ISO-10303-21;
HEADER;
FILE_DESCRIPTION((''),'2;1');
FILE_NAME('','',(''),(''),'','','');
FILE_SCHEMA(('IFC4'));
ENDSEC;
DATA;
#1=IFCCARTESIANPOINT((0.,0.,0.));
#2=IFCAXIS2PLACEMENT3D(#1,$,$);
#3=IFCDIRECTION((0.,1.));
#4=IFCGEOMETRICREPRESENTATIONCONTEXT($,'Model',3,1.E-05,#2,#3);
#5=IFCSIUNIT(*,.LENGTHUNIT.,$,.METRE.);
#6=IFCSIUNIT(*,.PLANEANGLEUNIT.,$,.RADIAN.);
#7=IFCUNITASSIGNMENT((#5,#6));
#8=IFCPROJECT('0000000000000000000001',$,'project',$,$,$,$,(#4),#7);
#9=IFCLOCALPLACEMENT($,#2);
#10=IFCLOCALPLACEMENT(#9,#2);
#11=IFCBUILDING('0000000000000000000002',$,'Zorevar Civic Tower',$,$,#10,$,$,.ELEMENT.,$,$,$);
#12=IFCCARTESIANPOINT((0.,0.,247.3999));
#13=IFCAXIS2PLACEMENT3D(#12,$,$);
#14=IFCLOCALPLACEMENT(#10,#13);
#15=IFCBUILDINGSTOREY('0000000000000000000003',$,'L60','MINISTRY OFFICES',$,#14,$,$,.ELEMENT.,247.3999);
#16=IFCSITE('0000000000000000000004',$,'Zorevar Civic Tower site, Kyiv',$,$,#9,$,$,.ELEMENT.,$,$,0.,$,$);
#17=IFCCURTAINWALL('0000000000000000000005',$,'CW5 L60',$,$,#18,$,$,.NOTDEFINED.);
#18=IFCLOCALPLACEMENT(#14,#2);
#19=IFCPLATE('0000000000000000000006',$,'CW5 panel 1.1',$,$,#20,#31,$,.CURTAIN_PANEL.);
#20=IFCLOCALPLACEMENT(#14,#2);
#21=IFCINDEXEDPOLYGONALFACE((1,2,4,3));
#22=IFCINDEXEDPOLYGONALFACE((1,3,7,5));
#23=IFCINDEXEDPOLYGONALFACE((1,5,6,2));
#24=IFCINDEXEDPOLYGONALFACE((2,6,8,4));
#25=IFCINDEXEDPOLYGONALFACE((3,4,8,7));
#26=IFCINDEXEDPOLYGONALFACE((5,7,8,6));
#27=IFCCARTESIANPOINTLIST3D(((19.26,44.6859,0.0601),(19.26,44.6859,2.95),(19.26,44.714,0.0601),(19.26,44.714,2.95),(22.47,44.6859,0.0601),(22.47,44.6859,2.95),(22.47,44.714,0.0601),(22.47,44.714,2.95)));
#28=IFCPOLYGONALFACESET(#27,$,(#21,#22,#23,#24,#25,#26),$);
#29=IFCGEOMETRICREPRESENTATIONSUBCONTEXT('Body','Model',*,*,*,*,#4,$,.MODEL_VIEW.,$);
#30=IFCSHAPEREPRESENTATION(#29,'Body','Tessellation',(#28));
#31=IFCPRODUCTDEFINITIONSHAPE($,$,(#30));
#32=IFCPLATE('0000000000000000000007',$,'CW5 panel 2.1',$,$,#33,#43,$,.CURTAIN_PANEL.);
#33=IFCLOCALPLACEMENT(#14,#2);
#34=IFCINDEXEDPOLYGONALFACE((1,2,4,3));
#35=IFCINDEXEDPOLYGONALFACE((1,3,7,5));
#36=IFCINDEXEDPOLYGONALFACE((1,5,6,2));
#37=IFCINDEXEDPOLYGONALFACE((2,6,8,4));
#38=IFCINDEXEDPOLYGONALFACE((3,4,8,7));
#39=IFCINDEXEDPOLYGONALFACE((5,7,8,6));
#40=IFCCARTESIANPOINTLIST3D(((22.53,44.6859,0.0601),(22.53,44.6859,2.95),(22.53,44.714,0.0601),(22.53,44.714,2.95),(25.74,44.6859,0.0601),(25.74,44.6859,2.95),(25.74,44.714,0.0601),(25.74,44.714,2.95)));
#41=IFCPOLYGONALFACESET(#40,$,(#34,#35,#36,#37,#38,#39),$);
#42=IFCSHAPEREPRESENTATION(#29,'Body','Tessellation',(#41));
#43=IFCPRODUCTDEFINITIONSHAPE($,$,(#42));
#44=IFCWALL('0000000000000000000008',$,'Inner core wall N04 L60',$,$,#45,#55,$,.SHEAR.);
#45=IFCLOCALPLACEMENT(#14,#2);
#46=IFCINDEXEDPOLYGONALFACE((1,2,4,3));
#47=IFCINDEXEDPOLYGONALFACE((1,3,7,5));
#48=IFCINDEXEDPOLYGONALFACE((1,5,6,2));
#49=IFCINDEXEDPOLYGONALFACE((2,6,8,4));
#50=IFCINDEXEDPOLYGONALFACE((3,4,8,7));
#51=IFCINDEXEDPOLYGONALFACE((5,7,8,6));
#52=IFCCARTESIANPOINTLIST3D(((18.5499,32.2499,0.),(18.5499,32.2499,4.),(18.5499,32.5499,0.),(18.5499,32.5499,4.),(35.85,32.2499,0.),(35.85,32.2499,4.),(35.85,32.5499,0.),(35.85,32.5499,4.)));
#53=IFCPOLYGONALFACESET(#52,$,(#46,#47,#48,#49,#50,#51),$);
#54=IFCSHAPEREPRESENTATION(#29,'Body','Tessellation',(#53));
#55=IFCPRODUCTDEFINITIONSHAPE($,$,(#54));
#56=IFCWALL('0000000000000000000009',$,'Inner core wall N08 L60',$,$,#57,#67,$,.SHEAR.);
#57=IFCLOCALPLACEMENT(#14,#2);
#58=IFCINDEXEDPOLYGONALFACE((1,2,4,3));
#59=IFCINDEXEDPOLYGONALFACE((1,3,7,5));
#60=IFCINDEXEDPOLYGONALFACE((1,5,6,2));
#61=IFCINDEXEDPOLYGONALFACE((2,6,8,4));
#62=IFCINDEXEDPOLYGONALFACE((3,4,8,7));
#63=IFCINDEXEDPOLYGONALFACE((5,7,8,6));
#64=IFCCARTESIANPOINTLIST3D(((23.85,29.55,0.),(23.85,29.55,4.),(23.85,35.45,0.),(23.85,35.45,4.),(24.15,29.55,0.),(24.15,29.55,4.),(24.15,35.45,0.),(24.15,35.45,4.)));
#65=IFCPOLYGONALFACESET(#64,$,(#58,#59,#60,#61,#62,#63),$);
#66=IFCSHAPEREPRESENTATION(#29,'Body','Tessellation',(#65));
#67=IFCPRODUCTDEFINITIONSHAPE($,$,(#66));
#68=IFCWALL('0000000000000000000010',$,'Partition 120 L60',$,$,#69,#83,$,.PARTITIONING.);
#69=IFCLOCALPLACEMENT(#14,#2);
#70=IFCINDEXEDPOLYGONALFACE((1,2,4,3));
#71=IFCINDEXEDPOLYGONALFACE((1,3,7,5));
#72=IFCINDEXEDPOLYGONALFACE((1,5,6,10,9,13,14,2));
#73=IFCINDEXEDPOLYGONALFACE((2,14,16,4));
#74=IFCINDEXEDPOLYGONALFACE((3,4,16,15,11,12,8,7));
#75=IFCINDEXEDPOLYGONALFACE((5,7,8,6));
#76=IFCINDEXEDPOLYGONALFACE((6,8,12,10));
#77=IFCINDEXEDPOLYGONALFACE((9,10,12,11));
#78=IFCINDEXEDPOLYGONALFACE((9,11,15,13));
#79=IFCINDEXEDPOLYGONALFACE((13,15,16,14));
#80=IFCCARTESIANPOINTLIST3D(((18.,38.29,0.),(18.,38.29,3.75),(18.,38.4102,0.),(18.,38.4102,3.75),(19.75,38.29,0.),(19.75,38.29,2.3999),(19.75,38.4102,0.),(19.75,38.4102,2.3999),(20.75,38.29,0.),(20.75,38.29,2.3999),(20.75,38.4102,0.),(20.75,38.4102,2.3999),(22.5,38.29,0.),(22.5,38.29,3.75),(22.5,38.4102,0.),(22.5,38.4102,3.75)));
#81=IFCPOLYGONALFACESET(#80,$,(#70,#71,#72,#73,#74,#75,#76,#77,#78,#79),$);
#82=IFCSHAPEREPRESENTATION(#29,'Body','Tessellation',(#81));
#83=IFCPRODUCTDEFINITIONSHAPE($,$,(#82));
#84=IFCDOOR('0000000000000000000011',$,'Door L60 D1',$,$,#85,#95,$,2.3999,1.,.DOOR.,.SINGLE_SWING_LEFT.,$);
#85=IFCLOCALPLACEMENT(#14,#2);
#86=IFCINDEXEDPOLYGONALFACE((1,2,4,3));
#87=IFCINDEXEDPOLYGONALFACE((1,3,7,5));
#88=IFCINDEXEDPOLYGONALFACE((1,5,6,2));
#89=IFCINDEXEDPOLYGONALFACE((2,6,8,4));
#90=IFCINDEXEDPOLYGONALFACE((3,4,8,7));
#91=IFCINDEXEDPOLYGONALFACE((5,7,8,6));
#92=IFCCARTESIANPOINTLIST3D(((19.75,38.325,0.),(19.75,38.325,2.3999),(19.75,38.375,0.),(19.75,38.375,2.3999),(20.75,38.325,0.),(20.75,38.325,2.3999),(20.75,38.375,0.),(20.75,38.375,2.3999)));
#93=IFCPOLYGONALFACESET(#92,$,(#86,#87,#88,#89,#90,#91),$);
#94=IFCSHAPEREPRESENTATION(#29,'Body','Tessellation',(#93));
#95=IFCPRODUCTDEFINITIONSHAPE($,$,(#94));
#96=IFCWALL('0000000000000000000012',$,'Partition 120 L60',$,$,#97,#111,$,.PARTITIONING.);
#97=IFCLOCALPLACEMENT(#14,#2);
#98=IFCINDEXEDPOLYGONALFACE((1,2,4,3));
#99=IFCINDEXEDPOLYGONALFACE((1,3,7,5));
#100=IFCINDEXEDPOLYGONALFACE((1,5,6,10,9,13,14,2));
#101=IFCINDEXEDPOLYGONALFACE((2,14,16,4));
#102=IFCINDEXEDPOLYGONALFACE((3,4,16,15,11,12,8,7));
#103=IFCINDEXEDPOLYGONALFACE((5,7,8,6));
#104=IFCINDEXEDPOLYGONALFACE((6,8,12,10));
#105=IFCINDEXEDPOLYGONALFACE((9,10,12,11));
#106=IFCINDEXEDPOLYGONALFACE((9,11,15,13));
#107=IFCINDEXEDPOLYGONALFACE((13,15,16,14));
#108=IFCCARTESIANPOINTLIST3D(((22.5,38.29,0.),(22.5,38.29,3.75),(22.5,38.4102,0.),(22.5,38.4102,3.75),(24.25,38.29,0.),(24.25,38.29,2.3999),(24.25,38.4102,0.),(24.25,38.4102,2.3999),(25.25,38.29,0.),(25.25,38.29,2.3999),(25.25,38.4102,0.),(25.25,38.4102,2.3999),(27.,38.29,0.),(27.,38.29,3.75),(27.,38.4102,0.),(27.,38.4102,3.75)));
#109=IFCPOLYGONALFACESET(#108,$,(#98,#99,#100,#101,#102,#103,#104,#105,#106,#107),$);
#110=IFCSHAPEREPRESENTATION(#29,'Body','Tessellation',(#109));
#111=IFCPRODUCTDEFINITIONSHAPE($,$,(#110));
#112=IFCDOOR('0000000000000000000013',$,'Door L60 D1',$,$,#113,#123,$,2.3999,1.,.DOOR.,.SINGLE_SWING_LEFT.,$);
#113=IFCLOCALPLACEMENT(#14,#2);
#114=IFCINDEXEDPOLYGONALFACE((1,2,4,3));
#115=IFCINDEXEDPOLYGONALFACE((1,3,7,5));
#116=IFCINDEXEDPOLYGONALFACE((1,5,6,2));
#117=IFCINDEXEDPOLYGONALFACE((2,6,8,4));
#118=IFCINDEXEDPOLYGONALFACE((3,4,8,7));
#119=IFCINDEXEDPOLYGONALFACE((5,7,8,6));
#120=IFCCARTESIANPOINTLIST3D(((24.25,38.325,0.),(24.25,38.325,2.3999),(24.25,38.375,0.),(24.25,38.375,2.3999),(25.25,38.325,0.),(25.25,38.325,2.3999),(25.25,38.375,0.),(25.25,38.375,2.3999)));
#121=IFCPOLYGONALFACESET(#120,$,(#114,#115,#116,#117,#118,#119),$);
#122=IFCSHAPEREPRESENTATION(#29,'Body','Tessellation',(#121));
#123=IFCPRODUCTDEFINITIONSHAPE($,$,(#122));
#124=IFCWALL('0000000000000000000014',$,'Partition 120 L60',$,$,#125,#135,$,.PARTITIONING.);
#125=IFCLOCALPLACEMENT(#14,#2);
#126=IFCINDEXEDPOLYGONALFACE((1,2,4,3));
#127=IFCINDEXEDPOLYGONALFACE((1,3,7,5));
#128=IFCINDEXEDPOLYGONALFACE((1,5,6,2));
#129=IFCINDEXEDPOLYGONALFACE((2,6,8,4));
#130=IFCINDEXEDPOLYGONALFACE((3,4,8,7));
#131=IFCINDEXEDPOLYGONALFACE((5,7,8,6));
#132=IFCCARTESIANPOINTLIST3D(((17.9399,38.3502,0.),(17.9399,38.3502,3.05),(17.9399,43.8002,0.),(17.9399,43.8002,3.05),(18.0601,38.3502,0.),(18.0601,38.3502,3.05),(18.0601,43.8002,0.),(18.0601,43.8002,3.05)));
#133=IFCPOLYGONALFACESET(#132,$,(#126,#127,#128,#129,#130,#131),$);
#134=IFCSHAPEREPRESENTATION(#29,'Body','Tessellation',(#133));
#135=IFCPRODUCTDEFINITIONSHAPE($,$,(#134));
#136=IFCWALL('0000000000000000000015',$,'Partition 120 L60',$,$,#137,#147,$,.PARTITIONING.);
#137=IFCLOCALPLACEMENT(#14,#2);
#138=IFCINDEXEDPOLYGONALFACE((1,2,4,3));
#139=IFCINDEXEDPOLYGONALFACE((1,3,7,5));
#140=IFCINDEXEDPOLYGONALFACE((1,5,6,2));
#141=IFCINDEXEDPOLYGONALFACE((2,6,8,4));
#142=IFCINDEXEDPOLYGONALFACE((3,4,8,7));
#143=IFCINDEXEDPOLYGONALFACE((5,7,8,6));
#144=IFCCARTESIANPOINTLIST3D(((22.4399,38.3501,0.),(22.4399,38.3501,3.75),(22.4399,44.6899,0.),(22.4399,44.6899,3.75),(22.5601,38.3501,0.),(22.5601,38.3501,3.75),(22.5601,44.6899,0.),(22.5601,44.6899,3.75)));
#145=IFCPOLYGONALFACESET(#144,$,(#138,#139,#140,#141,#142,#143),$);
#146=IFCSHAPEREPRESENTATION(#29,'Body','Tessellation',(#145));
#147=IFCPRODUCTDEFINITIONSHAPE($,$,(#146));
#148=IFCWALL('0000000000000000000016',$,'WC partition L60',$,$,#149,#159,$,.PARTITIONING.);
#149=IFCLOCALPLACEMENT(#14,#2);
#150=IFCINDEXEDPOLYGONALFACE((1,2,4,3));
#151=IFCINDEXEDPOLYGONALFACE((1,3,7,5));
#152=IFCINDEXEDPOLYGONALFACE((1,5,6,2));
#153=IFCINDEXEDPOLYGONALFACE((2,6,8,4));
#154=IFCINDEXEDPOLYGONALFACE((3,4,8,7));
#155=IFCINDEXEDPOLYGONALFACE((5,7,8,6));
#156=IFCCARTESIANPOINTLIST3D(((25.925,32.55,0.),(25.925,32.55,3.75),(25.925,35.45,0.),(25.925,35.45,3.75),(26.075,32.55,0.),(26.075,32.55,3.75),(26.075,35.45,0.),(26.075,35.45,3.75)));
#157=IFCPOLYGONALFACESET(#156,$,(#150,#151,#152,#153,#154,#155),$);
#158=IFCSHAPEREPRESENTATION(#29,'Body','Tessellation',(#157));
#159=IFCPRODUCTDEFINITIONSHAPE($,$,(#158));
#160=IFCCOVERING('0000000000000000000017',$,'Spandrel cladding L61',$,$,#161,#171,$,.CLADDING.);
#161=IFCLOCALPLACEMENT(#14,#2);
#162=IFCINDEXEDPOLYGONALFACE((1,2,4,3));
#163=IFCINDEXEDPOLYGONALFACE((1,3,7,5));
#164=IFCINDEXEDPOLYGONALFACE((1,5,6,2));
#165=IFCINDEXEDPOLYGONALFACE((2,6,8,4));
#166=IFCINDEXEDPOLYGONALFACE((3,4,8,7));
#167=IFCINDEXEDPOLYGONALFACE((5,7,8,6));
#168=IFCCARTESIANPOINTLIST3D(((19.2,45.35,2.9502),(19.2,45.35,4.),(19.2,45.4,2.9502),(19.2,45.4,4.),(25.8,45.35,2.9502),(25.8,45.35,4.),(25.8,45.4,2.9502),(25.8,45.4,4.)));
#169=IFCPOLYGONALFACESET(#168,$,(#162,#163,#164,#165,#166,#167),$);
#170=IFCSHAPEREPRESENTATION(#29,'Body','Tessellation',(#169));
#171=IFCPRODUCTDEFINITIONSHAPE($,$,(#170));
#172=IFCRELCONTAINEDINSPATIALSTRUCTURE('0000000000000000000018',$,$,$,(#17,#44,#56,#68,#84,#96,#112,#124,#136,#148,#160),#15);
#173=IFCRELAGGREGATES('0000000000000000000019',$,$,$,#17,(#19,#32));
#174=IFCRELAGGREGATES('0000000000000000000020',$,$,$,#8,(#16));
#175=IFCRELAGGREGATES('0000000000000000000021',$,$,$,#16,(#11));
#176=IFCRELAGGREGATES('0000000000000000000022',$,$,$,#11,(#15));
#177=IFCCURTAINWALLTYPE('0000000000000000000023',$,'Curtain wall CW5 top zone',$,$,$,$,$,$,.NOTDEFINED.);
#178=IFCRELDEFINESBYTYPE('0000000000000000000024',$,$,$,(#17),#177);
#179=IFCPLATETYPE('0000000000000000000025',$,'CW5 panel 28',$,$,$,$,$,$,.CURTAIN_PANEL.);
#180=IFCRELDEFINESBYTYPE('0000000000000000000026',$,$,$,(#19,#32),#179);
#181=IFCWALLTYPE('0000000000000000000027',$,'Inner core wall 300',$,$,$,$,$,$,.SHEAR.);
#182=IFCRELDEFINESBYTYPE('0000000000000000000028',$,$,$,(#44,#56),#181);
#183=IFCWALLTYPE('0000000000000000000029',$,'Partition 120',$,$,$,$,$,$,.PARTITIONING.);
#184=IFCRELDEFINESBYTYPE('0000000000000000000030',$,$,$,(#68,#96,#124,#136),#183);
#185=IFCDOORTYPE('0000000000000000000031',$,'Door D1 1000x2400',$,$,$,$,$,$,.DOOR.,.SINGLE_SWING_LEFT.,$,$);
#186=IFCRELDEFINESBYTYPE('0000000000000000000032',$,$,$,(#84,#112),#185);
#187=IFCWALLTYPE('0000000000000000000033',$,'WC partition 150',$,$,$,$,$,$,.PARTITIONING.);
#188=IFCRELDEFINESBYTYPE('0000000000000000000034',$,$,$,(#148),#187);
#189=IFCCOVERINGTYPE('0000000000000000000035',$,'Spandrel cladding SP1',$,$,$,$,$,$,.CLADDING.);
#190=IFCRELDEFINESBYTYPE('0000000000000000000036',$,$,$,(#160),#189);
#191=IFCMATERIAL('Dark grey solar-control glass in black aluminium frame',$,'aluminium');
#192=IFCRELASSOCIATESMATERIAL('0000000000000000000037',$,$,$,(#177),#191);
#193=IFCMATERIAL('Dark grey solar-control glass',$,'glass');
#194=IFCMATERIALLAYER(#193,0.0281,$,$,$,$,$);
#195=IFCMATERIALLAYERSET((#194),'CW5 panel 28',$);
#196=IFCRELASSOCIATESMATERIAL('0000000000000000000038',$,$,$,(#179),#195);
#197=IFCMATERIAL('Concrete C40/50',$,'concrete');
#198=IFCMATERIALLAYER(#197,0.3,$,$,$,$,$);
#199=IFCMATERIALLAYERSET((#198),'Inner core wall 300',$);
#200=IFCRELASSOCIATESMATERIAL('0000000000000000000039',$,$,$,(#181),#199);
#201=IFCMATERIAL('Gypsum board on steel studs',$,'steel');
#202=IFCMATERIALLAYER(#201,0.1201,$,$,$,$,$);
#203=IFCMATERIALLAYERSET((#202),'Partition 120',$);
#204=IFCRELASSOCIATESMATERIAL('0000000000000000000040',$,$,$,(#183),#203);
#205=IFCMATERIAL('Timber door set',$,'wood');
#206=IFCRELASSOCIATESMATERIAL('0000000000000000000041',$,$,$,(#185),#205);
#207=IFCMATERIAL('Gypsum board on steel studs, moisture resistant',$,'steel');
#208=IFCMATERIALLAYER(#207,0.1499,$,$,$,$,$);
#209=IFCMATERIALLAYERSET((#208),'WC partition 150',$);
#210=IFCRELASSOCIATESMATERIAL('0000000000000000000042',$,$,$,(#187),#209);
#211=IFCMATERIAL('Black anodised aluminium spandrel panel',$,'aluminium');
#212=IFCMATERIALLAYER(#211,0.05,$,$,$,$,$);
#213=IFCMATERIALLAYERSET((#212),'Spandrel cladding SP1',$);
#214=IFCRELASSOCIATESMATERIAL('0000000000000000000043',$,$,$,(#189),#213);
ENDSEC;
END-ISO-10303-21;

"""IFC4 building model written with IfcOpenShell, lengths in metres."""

from ifc_helpers import new_model, si_unit, direction, frame, frame_2d, origin, origin_2d, place, context, subcontext, project, spatial, rectangle, extrude, material, layer, layer_set, type_object, element, fill, aggregate, save


model = new_model("IFC4")

# Units and contexts
model_context = context("Model", 3, precision=1e-05, world=origin(), true_north=direction((0.0, 1.0)))
body_context = subcontext(model_context, "Body", "Model", "MODEL_VIEW")
ifc_project = project(units=[si_unit("LENGTHUNIT", "METRE"), si_unit("PLANEANGLEUNIT", "RADIAN")], contexts=[model_context])

# Site, building, storey
site_placement = place(None, origin())
site = spatial("IfcSite", under=ifc_project, at=site_placement, Name="Zorevar Civic Tower site, Kyiv", CompositionType="ELEMENT", RefElevation=0.0)
building_placement = place(site_placement, origin())
building = spatial("IfcBuilding", under=site, at=building_placement, Name="Zorevar Civic Tower", CompositionType="ELEMENT")
storey_placement = place(building_placement, frame((0.0, 0.0, 247.3999)))
storey = spatial("IfcBuildingStorey", under=building, at=storey_placement, Name="L60", Description="MINISTRY OFFICES", CompositionType="ELEMENT", Elevation=247.3999)

# Curtain wall
ifc_material_1 = material(Name="Dark grey solar-control glass in black aluminium frame", Category="aluminium")
curtain_wall_type = type_object("IfcCurtainWallType", Name="Curtain wall CW5 top zone", PredefinedType="NOTDEFINED", material=ifc_material_1)
curtain_wall_placement = place(storey_placement, origin())
curtain_wall = element("IfcCurtainWall", 1, at=curtain_wall_placement, inside=storey, type_object=curtain_wall_type, Name="CW5 L60", PredefinedType="NOTDEFINED")

# Plates
ifc_material_2 = material(Name="Dark grey solar-control glass", Category="glass")
ifc_layer_1 = layer(ifc_material_2, 0.0281)
ifc_layer_set_1 = layer_set([ifc_layer_1], Name="CW5 panel 28")
plate_type = type_object("IfcPlateType", Name="CW5 panel 28", PredefinedType="CURTAIN_PANEL", material=ifc_layer_set_1)
plate_1_placement = place(storey_placement, frame((20.865, 44.7, 0.0601), z_axis=(0.0, 0.0, 1.0), x_axis=(1.0, 0.0, 0.0)))
plate_1 = element("IfcPlate", 2, at=plate_1_placement, type_object=plate_type, Name="CW5 panel 1.1", PredefinedType="CURTAIN_PANEL", context=body_context, shape_type="SweptSolid", body=[
    extrude(rectangle(XDim=3.21, YDim=0.0281, at=origin_2d()), origin(), (0.0, 0.0, 1.0), 2.8899),
])
plate_2_placement = place(storey_placement, frame((24.135, 44.7, 0.0601), z_axis=(0.0, 0.0, 1.0), x_axis=(1.0, 0.0, 0.0)))
plate_2 = element("IfcPlate", 3, at=plate_2_placement, type_object=plate_type, Name="CW5 panel 2.1", PredefinedType="CURTAIN_PANEL", context=body_context, shape_type="SweptSolid", body=[
    extrude(rectangle(XDim=3.21, YDim=0.0281, at=origin_2d()), origin(), (0.0, 0.0, 1.0), 2.8899),
])
aggregate(curtain_wall, [plate_1, plate_2])

# Walls
ifc_material_3 = material(Name="Concrete C40/50", Category="concrete")
ifc_layer_2 = layer(ifc_material_3, 0.3)
ifc_layer_set_2 = layer_set([ifc_layer_2], Name="Inner core wall 300")
wall_type_1 = type_object("IfcWallType", Name="Inner core wall 300", PredefinedType="SHEAR", material=ifc_layer_set_2)
wall_1_placement = place(storey_placement, frame((18.55, 32.3999, 0.0), z_axis=(0.0, 0.0, 1.0), x_axis=(1.0, 0.0, 0.0)))
element("IfcWall", 4, at=wall_1_placement, inside=storey, type_object=wall_type_1, Name="Inner core wall N04 L60", PredefinedType="SHEAR", context=body_context, shape_type="SweptSolid", body=[
    extrude(rectangle(XDim=17.3, YDim=0.3, at=frame_2d((8.6499, 0.0))), origin(), (0.0, 0.0, 1.0), 4.0),
])
wall_2_placement = place(storey_placement, frame((24.0, 29.55, 0.0), z_axis=(0.0, 0.0, 1.0), x_axis=(0.0, 1.0, 0.0)))
element("IfcWall", 5, at=wall_2_placement, inside=storey, type_object=wall_type_1, Name="Inner core wall N08 L60", PredefinedType="SHEAR", context=body_context, shape_type="SweptSolid", body=[
    extrude(rectangle(XDim=5.8999, YDim=0.3, at=frame_2d((2.95, 0.0))), origin(), (0.0, 0.0, 1.0), 4.0),
])

# Walls, openings, doors
ifc_material_4 = material(Name="Gypsum board on steel studs", Category="steel")
ifc_layer_3 = layer(ifc_material_4, 0.1201)
ifc_layer_set_3 = layer_set([ifc_layer_3], Name="Partition 120")
wall_type_2 = type_object("IfcWallType", Name="Partition 120", PredefinedType="PARTITIONING", material=ifc_layer_set_3)
wall_3_placement = place(storey_placement, frame((18.0, 38.3501, 0.0), z_axis=(0.0, 0.0, 1.0), x_axis=(1.0, 0.0, 0.0)))
wall_3 = element("IfcWall", 6, at=wall_3_placement, inside=storey, type_object=wall_type_2, Name="Partition 120 L60", PredefinedType="PARTITIONING", context=body_context, shape_type="SweptSolid", body=[
    extrude(rectangle(XDim=4.5, YDim=0.1201, at=frame_2d((2.25, 0.0))), origin(), (0.0, 0.0, 1.0), 3.75),
])
opening_1_placement = place(wall_3_placement, frame((1.75, 0.0, 0.0)))
opening_1 = element("IfcOpeningElement", 7, at=opening_1_placement, cuts=wall_3, PredefinedType="OPENING", context=body_context, shape_type="SweptSolid", body=[
    extrude(rectangle(XDim=1.0, YDim=2.3999, at=frame_2d((0.5, 1.2))), frame((0.0, 0.0701, 0.0), z_axis=(0.0, -1.0, 0.0), x_axis=(1.0, 0.0, 0.0)), (0.0, 0.0, 1.0), 0.1401),
])
ifc_material_5 = material(Name="Timber door set", Category="wood")
door_type = type_object("IfcDoorType", Name="Door D1 1000x2400", OperationType="SINGLE_SWING_LEFT", PredefinedType="DOOR", material=ifc_material_5)
door_1_placement = place(opening_1_placement, origin())
door_1 = element("IfcDoor", 8, at=door_1_placement, inside=storey, type_object=door_type, Name="Door L60 D1", OperationType="SINGLE_SWING_LEFT", OverallHeight=2.3999, OverallWidth=1.0, PredefinedType="DOOR", context=body_context, shape_type="SweptSolid", body=[
    extrude(rectangle(XDim=1.0, YDim=2.3999, at=frame_2d((0.5, 1.2))), frame((0.0, 0.0249, 0.0), z_axis=(0.0, -1.0, 0.0), x_axis=(1.0, 0.0, 0.0)), (0.0, 0.0, 1.0), 0.05),
])
fill(opening_1, door_1)
wall_4_placement = place(storey_placement, frame((22.5, 38.3501, 0.0), z_axis=(0.0, 0.0, 1.0), x_axis=(1.0, 0.0, 0.0)))
wall_4 = element("IfcWall", 9, at=wall_4_placement, inside=storey, type_object=wall_type_2, Name="Partition 120 L60", PredefinedType="PARTITIONING", context=body_context, shape_type="SweptSolid", body=[
    extrude(rectangle(XDim=4.5, YDim=0.1201, at=frame_2d((2.25, 0.0))), origin(), (0.0, 0.0, 1.0), 3.75),
])
opening_2_placement = place(wall_4_placement, frame((1.75, 0.0, 0.0)))
opening_2 = element("IfcOpeningElement", 10, at=opening_2_placement, cuts=wall_4, PredefinedType="OPENING", context=body_context, shape_type="SweptSolid", body=[
    extrude(rectangle(XDim=1.0, YDim=2.3999, at=frame_2d((0.5, 1.2))), frame((0.0, 0.0701, 0.0), z_axis=(0.0, -1.0, 0.0), x_axis=(1.0, 0.0, 0.0)), (0.0, 0.0, 1.0), 0.1401),
])
door_2_placement = place(opening_2_placement, origin())
door_2 = element("IfcDoor", 11, at=door_2_placement, inside=storey, type_object=door_type, Name="Door L60 D1", OperationType="SINGLE_SWING_LEFT", OverallHeight=2.3999, OverallWidth=1.0, PredefinedType="DOOR", context=body_context, shape_type="SweptSolid", body=[
    extrude(rectangle(XDim=1.0, YDim=2.3999, at=frame_2d((0.5, 1.2))), frame((0.0, 0.0249, 0.0), z_axis=(0.0, -1.0, 0.0), x_axis=(1.0, 0.0, 0.0)), (0.0, 0.0, 1.0), 0.05),
])
fill(opening_2, door_2)

# Walls
wall_5_placement = place(storey_placement, frame((18.0, 38.3501, 0.0), z_axis=(0.0, 0.0, 1.0), x_axis=(0.0, 1.0, 0.0)))
element("IfcWall", 12, at=wall_5_placement, inside=storey, type_object=wall_type_2, Name="Partition 120 L60", PredefinedType="PARTITIONING", context=body_context, shape_type="SweptSolid", body=[
    extrude(rectangle(XDim=5.45, YDim=0.1201, at=frame_2d((2.7251, 0.0))), origin(), (0.0, 0.0, 1.0), 3.05),
])
wall_6_placement = place(storey_placement, frame((22.5, 38.3501, 0.0), z_axis=(0.0, 0.0, 1.0), x_axis=(0.0, 1.0, 0.0)))
element("IfcWall", 13, at=wall_6_placement, inside=storey, type_object=wall_type_2, Name="Partition 120 L60", PredefinedType="PARTITIONING", context=body_context, shape_type="SweptSolid", body=[
    extrude(rectangle(XDim=6.3398, YDim=0.1201, at=frame_2d((3.1699, 0.0))), origin(), (0.0, 0.0, 1.0), 3.75),
])
ifc_material_6 = material(Name="Gypsum board on steel studs, moisture resistant", Category="steel")
ifc_layer_4 = layer(ifc_material_6, 0.1499)
ifc_layer_set_4 = layer_set([ifc_layer_4], Name="WC partition 150")
wall_type_3 = type_object("IfcWallType", Name="WC partition 150", PredefinedType="PARTITIONING", material=ifc_layer_set_4)
wall_7_placement = place(storey_placement, frame((26.0, 32.55, 0.0), z_axis=(0.0, 0.0, 1.0), x_axis=(0.0, 1.0, 0.0)))
element("IfcWall", 14, at=wall_7_placement, inside=storey, type_object=wall_type_3, Name="WC partition L60", PredefinedType="PARTITIONING", context=body_context, shape_type="SweptSolid", body=[
    extrude(rectangle(XDim=2.8999, YDim=0.1499, at=frame_2d((1.45, 0.0))), origin(), (0.0, 0.0, 1.0), 3.75),
])

# Covering
ifc_material_7 = material(Name="Black anodised aluminium spandrel panel", Category="aluminium")
ifc_layer_5 = layer(ifc_material_7, 0.05)
ifc_layer_set_5 = layer_set([ifc_layer_5], Name="Spandrel cladding SP1")
covering_type = type_object("IfcCoveringType", Name="Spandrel cladding SP1", PredefinedType="CLADDING", material=ifc_layer_set_5)
covering_placement = place(storey_placement, frame((19.2, 45.375, 2.9502), z_axis=(0.0, 0.0, 1.0), x_axis=(1.0, 0.0, 0.0)))
element("IfcCovering", 15, at=covering_placement, inside=storey, type_object=covering_type, Name="Spandrel cladding L61", PredefinedType="CLADDING", context=body_context, shape_type="SweptSolid", body=[
    extrude(rectangle(XDim=6.6001, YDim=0.05, at=frame_2d((3.3, 0.0))), origin(), (0.0, 0.0, 1.0), 1.0498),
])

save(model, "model.ifc")
